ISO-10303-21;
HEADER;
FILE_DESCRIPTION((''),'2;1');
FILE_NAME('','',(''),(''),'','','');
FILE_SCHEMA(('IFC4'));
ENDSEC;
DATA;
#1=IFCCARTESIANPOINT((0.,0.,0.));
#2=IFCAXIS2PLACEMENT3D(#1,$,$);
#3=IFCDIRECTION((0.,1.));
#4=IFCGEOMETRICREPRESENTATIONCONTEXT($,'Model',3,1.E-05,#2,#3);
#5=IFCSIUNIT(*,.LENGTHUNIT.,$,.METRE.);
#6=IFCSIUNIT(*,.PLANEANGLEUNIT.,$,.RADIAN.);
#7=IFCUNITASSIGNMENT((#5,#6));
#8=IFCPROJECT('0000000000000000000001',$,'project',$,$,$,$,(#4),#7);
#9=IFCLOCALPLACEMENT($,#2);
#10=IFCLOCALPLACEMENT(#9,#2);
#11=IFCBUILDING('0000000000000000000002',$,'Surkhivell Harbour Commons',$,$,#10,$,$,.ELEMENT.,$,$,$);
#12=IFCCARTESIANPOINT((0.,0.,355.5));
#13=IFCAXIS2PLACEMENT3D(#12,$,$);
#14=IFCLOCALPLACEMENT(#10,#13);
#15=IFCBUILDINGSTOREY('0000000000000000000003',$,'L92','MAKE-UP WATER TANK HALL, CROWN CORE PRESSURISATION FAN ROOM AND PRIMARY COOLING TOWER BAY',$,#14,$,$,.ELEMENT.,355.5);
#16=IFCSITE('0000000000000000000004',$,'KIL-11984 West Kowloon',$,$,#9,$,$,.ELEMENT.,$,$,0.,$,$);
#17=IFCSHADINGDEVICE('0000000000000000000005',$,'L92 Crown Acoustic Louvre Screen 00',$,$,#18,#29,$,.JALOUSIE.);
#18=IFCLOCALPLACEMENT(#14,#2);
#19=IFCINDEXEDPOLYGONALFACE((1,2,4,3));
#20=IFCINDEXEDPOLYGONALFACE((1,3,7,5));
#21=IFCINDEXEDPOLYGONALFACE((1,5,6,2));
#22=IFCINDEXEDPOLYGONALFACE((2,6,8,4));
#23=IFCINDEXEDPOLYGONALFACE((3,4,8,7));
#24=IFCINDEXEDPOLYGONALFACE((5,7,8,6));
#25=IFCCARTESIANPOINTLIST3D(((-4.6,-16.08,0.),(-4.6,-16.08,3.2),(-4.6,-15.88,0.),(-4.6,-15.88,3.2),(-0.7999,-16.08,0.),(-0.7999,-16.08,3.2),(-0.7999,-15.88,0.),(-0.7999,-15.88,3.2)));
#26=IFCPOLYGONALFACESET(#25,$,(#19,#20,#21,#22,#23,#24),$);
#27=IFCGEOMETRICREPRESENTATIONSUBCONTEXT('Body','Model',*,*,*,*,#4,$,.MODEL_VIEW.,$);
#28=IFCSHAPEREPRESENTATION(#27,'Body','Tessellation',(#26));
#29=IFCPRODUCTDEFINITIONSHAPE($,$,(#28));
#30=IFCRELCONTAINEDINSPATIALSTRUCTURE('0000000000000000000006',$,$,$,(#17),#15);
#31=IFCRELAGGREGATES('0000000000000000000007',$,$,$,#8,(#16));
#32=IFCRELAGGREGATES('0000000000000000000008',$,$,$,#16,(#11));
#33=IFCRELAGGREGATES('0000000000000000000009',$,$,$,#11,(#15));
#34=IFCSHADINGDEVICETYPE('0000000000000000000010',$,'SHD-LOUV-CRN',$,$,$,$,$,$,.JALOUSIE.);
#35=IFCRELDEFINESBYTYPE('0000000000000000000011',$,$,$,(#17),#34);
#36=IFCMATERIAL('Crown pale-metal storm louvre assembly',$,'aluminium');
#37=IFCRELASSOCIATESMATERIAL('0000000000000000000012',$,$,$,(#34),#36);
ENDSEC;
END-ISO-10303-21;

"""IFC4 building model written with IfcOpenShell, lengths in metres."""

from ifc_helpers import new_model, si_unit, direction, frame, origin, origin_2d, place, context, subcontext, project, spatial, rectangle, extrude, material, type_object, element, save


model = new_model("IFC4")

# Units and contexts
model_context = context("Model", 3, precision=1e-05, world=origin(), true_north=direction((0.0, 1.0)))
body_context = subcontext(model_context, "Body", "Model", "MODEL_VIEW")
ifc_project = project(units=[si_unit("LENGTHUNIT", "METRE"), si_unit("PLANEANGLEUNIT", "RADIAN")], contexts=[model_context])

# Site, building, storey
site_placement = place(None, origin())
site = spatial("IfcSite", under=ifc_project, at=site_placement, Name="KIL-11984 West Kowloon", CompositionType="ELEMENT", RefElevation=0.0)
building_placement = place(site_placement, origin())
building = spatial("IfcBuilding", under=site, at=building_placement, Name="Surkhivell Harbour Commons", CompositionType="ELEMENT")
storey_placement = place(building_placement, frame((0.0, 0.0, 355.5)))
storey = spatial("IfcBuildingStorey", under=building, at=storey_placement, Name="L92", Description="MAKE-UP WATER TANK HALL, CROWN CORE PRESSURISATION FAN ROOM AND PRIMARY COOLING TOWER BAY", CompositionType="ELEMENT", Elevation=355.5)

# Shading device
ifc_material_1 = material(Name="Crown pale-metal storm louvre assembly", Category="aluminium")
shading_device_type = type_object("IfcShadingDeviceType", Name="SHD-LOUV-CRN", PredefinedType="JALOUSIE", material=ifc_material_1)
shading_device_placement = place(storey_placement, frame((-2.7, -15.98, 0.0), z_axis=(0.0, 0.0, 1.0), x_axis=(1.0, 0.0, 0.0)))
element("IfcShadingDevice", 1, at=shading_device_placement, inside=storey, type_object=shading_device_type, Name="L92 Crown Acoustic Louvre Screen 00", PredefinedType="JALOUSIE", context=body_context, shape_type="SweptSolid", body=[
    extrude(rectangle(XDim=3.8, YDim=0.2, at=origin_2d()), origin(), (0.0, 0.0, 1.0), 3.2),
])

save(model, "model.ifc")
